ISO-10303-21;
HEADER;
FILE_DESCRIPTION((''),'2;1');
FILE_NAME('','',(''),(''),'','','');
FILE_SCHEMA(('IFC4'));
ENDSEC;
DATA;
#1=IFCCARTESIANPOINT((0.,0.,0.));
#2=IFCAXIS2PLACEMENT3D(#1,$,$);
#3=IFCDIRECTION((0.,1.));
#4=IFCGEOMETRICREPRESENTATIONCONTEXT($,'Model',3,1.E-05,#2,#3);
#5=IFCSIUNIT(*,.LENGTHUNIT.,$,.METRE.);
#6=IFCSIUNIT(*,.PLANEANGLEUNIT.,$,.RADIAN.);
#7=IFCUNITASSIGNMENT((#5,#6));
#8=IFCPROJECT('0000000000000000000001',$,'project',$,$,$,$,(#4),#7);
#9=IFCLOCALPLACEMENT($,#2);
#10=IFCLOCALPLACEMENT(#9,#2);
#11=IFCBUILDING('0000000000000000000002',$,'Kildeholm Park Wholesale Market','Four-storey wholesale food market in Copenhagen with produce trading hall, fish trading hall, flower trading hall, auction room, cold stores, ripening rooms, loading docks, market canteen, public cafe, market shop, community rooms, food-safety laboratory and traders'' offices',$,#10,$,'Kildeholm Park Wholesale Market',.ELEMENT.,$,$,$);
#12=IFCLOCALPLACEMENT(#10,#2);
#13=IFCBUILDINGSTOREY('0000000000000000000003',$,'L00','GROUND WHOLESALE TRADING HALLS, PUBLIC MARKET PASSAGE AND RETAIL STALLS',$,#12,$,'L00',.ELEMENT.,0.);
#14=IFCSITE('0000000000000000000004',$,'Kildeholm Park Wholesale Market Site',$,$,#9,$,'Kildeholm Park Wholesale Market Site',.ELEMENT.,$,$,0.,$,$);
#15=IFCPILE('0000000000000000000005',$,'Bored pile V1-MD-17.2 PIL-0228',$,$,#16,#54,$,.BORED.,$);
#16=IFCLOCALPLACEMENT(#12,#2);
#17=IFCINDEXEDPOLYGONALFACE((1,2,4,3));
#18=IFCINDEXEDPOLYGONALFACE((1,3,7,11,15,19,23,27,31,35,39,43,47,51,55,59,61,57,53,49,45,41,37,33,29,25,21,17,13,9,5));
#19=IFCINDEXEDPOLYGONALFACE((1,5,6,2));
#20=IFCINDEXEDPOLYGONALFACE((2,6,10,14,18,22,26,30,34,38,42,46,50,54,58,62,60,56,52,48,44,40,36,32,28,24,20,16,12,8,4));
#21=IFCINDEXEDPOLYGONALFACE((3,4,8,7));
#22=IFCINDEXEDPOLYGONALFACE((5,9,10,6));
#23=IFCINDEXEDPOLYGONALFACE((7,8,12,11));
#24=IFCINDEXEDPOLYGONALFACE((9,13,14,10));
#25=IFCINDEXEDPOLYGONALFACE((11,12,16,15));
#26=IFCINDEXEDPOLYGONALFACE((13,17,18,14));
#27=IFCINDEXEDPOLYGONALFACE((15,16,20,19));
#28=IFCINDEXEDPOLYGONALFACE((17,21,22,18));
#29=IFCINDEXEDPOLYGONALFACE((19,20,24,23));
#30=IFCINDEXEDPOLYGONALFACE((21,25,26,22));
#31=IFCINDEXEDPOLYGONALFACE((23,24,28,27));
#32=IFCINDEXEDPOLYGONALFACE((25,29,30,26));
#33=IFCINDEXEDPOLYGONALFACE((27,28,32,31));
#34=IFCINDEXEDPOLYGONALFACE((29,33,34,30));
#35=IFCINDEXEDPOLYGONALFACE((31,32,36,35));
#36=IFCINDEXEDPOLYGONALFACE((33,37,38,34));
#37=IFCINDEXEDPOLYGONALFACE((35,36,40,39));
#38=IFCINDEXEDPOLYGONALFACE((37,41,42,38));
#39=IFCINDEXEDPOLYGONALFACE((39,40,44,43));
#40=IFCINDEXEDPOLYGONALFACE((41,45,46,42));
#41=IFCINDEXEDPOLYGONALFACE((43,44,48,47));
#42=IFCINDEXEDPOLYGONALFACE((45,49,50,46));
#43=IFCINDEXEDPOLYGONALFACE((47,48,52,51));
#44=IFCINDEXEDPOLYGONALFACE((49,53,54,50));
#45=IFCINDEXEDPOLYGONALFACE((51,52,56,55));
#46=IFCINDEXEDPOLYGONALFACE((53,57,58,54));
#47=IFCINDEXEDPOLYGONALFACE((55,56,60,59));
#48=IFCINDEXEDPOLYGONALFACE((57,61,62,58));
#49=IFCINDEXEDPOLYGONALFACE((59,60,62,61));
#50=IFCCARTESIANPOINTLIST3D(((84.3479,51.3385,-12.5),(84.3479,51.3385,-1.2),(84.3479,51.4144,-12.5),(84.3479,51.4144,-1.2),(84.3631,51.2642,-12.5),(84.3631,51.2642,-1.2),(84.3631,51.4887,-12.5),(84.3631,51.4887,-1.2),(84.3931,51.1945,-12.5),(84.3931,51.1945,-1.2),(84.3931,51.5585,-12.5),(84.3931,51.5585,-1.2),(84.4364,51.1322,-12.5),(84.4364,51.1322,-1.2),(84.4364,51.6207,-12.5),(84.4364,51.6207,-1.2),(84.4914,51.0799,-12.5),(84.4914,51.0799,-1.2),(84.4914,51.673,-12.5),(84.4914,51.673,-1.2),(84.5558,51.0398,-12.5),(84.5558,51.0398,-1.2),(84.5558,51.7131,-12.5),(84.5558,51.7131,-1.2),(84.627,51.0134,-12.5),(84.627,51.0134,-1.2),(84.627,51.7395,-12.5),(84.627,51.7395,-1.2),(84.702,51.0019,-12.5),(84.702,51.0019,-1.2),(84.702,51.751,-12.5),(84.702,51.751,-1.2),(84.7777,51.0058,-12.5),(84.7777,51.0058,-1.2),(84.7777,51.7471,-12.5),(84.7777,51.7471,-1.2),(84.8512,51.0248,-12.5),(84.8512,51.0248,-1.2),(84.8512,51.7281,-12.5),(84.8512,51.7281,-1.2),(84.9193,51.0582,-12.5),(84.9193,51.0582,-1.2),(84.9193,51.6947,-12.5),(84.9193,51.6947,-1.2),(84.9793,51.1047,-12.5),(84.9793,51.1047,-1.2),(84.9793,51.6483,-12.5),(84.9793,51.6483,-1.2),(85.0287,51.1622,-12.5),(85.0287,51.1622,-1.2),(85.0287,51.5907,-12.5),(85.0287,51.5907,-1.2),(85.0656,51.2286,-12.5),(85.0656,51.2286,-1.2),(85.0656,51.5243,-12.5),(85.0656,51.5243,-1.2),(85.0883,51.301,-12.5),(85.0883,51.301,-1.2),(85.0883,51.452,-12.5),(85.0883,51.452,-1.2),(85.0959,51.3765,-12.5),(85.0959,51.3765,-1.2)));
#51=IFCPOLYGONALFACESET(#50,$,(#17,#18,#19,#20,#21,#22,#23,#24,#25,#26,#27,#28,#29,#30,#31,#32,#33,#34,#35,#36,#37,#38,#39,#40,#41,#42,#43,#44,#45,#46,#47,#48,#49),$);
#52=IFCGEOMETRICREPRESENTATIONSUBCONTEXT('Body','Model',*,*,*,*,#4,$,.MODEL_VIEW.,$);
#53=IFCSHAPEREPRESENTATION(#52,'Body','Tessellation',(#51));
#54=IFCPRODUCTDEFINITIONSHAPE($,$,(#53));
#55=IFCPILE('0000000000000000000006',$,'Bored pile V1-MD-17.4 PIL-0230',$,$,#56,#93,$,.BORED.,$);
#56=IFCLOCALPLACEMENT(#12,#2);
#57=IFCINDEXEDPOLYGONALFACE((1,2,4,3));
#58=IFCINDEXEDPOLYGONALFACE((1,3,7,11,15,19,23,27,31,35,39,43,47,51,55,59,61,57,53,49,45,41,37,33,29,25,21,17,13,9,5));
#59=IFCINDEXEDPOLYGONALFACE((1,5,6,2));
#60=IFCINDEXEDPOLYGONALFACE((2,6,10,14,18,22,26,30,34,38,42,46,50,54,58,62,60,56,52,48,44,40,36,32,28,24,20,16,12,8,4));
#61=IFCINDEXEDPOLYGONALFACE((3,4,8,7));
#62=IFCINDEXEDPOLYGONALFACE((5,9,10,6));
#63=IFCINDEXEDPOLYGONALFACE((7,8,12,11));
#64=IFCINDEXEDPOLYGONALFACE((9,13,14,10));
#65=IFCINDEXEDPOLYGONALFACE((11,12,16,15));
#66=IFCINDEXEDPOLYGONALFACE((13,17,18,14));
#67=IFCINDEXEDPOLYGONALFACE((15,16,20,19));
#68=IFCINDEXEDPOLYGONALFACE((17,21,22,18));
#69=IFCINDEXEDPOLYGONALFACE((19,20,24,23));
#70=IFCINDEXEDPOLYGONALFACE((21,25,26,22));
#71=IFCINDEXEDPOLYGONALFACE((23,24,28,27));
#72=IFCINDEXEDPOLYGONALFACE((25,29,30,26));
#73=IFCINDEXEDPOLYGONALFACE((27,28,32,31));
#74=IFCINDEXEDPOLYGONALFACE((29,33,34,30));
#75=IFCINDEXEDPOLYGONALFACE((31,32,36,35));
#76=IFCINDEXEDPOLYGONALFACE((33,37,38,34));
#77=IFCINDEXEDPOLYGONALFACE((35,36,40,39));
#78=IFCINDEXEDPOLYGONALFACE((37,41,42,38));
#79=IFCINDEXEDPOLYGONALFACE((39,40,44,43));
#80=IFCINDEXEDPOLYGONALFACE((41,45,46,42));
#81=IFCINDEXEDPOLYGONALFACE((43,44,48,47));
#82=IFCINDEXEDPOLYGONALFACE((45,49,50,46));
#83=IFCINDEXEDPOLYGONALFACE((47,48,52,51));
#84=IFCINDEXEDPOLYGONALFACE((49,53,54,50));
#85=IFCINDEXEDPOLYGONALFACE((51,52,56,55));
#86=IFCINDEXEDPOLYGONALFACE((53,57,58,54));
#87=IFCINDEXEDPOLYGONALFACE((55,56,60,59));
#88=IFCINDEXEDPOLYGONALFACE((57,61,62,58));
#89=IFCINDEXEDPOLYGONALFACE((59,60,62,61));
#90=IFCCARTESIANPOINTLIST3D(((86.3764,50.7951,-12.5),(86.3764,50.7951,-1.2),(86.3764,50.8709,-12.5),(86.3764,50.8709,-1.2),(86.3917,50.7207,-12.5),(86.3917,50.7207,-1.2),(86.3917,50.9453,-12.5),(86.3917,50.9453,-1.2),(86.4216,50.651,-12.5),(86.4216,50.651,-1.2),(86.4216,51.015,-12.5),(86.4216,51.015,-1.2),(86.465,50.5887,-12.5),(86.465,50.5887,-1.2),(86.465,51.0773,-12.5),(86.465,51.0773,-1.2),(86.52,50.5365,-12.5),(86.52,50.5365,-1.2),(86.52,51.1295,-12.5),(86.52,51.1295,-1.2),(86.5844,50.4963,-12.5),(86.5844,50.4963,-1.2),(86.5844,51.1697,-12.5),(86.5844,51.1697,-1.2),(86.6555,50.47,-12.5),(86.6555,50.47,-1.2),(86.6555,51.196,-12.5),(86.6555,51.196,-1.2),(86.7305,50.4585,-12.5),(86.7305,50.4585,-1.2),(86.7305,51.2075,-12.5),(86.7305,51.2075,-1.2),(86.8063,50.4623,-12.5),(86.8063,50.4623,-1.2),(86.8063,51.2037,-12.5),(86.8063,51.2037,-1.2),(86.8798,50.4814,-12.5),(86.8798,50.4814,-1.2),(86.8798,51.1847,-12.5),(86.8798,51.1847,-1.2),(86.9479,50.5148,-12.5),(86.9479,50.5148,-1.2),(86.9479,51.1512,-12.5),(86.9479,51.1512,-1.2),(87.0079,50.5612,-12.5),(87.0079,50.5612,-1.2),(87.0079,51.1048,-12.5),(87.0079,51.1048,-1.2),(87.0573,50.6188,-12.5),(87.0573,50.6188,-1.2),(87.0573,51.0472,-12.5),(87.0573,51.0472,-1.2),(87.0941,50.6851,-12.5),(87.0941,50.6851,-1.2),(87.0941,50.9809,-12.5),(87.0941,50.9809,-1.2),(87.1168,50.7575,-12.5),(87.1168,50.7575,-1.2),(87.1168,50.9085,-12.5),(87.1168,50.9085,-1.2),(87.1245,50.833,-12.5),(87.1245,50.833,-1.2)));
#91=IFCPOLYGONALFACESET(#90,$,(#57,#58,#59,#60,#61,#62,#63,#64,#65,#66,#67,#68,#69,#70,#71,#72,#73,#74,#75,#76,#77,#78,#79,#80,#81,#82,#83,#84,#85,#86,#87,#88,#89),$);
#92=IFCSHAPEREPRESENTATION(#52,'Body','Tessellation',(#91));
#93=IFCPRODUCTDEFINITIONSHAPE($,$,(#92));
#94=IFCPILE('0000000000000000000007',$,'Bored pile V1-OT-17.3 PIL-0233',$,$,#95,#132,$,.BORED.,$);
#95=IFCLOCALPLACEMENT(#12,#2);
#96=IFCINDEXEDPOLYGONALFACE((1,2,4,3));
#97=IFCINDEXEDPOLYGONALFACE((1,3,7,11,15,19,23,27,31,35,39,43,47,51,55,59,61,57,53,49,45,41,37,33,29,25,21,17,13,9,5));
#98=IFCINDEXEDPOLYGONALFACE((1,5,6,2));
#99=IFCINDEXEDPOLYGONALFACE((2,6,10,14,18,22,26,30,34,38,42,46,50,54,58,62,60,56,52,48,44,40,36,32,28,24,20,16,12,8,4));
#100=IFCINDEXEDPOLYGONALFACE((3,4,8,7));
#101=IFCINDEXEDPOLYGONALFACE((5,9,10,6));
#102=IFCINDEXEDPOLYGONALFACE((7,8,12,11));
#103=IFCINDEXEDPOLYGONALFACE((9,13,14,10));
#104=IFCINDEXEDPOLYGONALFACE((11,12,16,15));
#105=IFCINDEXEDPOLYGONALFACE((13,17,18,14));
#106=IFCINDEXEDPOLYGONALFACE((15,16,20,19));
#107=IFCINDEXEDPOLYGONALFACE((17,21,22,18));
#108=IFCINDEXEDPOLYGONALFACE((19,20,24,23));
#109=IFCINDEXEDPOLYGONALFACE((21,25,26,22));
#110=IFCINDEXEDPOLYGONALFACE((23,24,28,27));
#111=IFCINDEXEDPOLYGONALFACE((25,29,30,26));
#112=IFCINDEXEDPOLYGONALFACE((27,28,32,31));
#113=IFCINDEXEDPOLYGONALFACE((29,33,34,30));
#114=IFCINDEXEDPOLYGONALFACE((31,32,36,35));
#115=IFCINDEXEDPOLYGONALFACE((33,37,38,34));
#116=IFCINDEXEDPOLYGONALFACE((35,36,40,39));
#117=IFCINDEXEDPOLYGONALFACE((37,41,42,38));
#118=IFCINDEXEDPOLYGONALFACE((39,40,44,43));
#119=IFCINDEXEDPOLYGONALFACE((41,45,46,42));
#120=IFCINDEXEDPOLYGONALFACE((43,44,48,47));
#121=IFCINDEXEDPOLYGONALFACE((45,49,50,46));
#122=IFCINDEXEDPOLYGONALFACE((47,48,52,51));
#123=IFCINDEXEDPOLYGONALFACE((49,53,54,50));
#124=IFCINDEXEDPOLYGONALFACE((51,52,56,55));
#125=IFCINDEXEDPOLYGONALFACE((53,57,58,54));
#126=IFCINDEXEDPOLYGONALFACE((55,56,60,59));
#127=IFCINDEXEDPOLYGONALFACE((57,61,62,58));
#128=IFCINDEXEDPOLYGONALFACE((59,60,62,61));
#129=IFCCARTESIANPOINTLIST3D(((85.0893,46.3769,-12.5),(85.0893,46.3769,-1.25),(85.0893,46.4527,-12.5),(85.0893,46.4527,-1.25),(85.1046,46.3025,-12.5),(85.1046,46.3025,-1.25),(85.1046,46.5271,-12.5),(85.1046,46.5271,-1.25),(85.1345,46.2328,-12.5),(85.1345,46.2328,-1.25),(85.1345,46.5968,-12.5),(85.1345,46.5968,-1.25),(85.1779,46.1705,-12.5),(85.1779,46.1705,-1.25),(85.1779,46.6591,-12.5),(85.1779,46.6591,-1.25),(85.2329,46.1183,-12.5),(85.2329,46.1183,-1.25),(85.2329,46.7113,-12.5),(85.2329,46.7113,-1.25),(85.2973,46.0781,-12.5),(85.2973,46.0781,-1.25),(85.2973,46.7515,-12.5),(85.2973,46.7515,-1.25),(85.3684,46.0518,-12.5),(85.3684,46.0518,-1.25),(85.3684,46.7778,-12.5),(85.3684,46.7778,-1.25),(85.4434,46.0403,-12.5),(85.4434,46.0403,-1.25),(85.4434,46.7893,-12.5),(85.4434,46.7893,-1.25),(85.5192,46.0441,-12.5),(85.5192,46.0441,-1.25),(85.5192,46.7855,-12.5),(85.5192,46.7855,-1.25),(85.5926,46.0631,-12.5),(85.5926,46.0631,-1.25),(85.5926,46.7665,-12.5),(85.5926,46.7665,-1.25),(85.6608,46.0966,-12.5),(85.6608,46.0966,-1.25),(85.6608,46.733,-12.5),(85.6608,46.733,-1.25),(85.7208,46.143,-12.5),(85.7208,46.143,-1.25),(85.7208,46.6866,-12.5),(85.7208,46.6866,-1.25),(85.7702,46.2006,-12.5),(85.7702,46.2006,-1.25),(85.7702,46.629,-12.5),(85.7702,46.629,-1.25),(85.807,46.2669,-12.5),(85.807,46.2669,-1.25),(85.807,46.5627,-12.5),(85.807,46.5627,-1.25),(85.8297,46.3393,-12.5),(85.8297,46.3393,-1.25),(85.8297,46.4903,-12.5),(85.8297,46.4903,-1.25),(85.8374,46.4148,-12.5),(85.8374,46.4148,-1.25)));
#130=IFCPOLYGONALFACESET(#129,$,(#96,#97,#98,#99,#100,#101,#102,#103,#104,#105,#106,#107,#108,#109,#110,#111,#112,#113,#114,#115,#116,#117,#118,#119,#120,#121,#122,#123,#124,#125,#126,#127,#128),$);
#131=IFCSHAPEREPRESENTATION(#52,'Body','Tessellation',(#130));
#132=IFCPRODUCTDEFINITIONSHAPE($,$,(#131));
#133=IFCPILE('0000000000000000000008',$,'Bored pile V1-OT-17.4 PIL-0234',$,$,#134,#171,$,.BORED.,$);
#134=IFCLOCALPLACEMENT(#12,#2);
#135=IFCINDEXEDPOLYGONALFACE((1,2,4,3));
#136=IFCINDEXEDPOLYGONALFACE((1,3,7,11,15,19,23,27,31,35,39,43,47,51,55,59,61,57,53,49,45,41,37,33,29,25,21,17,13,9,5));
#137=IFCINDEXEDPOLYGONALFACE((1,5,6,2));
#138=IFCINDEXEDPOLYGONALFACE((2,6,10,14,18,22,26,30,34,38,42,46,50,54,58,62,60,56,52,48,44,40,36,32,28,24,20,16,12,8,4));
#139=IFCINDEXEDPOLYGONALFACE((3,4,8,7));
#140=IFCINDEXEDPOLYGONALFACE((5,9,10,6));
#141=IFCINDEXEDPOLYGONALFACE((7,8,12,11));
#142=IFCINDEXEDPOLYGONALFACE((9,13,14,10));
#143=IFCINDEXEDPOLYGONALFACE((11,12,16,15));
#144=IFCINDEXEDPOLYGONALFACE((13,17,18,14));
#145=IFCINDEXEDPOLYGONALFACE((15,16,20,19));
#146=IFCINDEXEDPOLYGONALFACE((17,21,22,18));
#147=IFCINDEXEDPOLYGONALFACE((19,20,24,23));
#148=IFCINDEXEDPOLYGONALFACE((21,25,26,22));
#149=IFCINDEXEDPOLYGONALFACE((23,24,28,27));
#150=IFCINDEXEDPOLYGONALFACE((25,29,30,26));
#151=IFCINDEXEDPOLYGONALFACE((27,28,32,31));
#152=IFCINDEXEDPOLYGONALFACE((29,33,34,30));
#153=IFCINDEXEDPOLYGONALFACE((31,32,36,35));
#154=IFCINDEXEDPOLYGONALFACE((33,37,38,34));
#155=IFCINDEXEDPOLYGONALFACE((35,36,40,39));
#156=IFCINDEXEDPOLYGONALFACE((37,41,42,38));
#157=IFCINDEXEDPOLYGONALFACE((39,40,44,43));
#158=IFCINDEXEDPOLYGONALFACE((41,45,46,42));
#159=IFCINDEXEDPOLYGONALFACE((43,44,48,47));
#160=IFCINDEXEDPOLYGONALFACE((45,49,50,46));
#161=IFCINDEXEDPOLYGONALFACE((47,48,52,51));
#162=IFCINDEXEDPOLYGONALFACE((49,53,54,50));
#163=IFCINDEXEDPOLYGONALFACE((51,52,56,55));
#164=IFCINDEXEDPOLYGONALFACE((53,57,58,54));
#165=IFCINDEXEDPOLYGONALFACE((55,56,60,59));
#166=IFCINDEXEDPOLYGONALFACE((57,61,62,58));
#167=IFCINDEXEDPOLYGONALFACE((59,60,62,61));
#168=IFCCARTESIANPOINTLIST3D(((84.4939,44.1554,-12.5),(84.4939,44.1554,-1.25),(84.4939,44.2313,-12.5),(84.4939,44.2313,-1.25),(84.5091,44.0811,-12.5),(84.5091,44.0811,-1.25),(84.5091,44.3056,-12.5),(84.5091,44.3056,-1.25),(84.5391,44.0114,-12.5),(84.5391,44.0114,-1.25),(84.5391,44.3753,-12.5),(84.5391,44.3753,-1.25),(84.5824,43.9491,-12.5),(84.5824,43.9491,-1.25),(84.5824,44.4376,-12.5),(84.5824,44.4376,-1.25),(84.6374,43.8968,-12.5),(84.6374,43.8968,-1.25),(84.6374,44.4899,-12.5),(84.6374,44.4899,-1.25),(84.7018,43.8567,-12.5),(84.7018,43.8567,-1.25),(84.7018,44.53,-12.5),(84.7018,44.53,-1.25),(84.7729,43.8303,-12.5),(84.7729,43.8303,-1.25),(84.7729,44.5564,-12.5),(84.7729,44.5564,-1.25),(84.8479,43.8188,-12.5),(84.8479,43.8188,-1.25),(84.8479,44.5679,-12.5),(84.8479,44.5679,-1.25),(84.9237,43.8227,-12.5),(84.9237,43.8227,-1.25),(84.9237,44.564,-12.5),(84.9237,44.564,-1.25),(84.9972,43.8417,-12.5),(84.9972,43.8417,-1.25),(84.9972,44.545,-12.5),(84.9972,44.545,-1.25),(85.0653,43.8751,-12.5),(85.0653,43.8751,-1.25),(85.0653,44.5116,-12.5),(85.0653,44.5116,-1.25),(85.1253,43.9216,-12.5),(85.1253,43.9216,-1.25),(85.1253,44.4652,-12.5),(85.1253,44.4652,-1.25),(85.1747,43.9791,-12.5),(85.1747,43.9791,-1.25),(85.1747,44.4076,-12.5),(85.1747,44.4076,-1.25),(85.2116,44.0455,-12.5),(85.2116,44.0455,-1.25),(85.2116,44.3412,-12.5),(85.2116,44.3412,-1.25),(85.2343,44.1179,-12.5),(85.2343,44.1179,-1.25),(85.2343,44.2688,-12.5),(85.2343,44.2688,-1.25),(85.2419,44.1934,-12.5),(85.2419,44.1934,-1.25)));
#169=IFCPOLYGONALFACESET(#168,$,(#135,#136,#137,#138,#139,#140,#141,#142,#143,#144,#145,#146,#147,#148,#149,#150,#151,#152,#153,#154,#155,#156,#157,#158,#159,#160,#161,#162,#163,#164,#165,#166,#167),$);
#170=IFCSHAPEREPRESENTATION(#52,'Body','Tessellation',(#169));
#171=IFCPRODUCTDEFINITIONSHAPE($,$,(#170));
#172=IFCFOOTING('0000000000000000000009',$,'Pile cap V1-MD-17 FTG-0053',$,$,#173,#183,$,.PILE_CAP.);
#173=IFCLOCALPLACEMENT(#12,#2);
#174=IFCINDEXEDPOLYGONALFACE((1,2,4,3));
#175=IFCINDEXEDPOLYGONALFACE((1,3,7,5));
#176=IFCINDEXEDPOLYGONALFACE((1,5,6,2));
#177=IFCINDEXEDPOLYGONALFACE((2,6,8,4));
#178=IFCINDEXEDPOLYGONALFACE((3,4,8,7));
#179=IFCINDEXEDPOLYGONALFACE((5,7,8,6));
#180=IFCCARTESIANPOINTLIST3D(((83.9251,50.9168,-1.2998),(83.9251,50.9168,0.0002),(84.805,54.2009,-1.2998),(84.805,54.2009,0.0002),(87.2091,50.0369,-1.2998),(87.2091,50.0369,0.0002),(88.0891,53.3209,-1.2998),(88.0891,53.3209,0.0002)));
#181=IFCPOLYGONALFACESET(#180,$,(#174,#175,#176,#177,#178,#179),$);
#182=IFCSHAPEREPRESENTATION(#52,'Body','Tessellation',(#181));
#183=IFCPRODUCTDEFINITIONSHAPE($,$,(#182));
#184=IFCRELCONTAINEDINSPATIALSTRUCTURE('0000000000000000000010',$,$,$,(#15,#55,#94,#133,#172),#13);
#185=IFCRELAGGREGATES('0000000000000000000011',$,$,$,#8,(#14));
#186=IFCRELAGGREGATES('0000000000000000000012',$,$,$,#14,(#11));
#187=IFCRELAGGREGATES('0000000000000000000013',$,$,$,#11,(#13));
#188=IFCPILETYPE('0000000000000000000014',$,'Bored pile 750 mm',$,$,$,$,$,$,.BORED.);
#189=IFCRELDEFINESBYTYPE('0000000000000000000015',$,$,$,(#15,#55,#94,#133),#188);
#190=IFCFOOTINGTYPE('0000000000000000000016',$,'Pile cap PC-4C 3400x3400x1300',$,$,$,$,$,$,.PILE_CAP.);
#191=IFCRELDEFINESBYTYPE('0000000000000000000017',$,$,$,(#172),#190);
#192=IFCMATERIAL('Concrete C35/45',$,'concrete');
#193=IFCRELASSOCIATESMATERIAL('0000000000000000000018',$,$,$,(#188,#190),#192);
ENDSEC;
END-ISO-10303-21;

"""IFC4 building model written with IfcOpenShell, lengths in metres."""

from ifc_helpers import new_model, si_unit, direction, frame, origin, origin_2d, place, context, subcontext, project, spatial, rectangle, circle, extrude, material, material_profile, profile_set, type_object, element, save


model = new_model("IFC4")

# Units and contexts
model_context = context("Model", 3, precision=1e-05, world=origin(), true_north=direction((0.0, 1.0)))
body_context = subcontext(model_context, "Body", "Model", "MODEL_VIEW")
ifc_project = project(units=[si_unit("LENGTHUNIT", "METRE"), si_unit("PLANEANGLEUNIT", "RADIAN")], contexts=[model_context])

# Site, building, storey
site_placement = place(None, origin())
site = spatial("IfcSite", under=ifc_project, at=site_placement, Name="Kildeholm Park Wholesale Market Site", LongName="Kildeholm Park Wholesale Market Site", CompositionType="ELEMENT", RefElevation=0.0)
building_placement = place(site_placement, origin())
building = spatial("IfcBuilding", under=site, at=building_placement, Name="Kildeholm Park Wholesale Market", Description="Four-storey wholesale food market in Copenhagen with produce trading hall, fish trading hall, flower trading hall, auction room, cold stores, ripening rooms, loading docks, market canteen, public cafe, market shop, community rooms, food-safety laboratory and traders' offices", LongName="Kildeholm Park Wholesale Market", CompositionType="ELEMENT")
storey_placement = place(building_placement, origin())
storey = spatial("IfcBuildingStorey", under=building, at=storey_placement, Name="L00", Description="GROUND WHOLESALE TRADING HALLS, PUBLIC MARKET PASSAGE AND RETAIL STALLS", LongName="L00", CompositionType="ELEMENT", Elevation=0.0)

# Piles
ifc_material_1 = material(Name="Concrete C35/45", Category="concrete")
ifc_material_profile_1 = material_profile(ifc_material_1, circle(Radius=0.375, at=origin_2d()), Name="PILE D750")
ifc_profile_set_1 = profile_set([ifc_material_profile_1], Name="Concrete C35/45")
pile_type = type_object("IfcPileType", Name="Bored pile 750 mm", PredefinedType="BORED", material=ifc_profile_set_1)
for number, where, z_axis, x_axis, name in (
    (1, (84.7209, 51.3765, -1.2), (0.0, 0.0, -1.0), (1.0, 0.0, 0.0), "Bored pile V1-MD-17.2 PIL-0228"),
    (2, (86.7495, 50.833, -1.2), (0.0, 0.0, -1.0), (1.0, 0.0, 0.0), "Bored pile V1-MD-17.4 PIL-0230"),
):
    element("IfcPile", number, at=place(storey_placement, frame(where, z_axis=z_axis, x_axis=x_axis)), inside=storey, type_object=pile_type, Name=name, PredefinedType="BORED", context=body_context, shape_type="SweptSolid", body=[
        extrude(circle(Radius=0.375, at=origin_2d()), origin(), (0.0, 0.0, 1.0), 11.3),
    ])
for number, where, z_axis, x_axis, name in (
    (3, (85.4624, 46.4148, -1.25), (0.0, 0.0, -1.0), (1.0, 0.0, 0.0), "Bored pile V1-OT-17.3 PIL-0233"),
    (4, (84.8669, 44.1934, -1.25), (0.0, 0.0, -1.0), (1.0, 0.0, 0.0), "Bored pile V1-OT-17.4 PIL-0234"),
):
    element("IfcPile", number, at=place(storey_placement, frame(where, z_axis=z_axis, x_axis=x_axis)), inside=storey, type_object=pile_type, Name=name, PredefinedType="BORED", context=body_context, shape_type="SweptSolid", body=[
        extrude(circle(Radius=0.375, at=origin_2d()), origin(), (0.0, 0.0, 1.0), 11.25),
    ])

# Footing
footing_type = type_object("IfcFootingType", Name="Pile cap PC-4C 3400x3400x1300", PredefinedType="PILE_CAP", material=ifc_material_1)
footing_placement = place(storey_placement, frame((86.0071, 52.1189, -1.2998), z_axis=(0.0, 0.0, 1.0), x_axis=(-0.258819, -0.965926, 0.0)))
element("IfcFooting", 5, at=footing_placement, inside=storey, type_object=footing_type, Name="Pile cap V1-MD-17 FTG-0053", PredefinedType="PILE_CAP", context=body_context, shape_type="SweptSolid", body=[
    extrude(rectangle(XDim=3.3999, YDim=3.3999, at=origin_2d()), origin(), (0.0, 0.0, 1.0), 1.3),
])

save(model, "model.ifc")
